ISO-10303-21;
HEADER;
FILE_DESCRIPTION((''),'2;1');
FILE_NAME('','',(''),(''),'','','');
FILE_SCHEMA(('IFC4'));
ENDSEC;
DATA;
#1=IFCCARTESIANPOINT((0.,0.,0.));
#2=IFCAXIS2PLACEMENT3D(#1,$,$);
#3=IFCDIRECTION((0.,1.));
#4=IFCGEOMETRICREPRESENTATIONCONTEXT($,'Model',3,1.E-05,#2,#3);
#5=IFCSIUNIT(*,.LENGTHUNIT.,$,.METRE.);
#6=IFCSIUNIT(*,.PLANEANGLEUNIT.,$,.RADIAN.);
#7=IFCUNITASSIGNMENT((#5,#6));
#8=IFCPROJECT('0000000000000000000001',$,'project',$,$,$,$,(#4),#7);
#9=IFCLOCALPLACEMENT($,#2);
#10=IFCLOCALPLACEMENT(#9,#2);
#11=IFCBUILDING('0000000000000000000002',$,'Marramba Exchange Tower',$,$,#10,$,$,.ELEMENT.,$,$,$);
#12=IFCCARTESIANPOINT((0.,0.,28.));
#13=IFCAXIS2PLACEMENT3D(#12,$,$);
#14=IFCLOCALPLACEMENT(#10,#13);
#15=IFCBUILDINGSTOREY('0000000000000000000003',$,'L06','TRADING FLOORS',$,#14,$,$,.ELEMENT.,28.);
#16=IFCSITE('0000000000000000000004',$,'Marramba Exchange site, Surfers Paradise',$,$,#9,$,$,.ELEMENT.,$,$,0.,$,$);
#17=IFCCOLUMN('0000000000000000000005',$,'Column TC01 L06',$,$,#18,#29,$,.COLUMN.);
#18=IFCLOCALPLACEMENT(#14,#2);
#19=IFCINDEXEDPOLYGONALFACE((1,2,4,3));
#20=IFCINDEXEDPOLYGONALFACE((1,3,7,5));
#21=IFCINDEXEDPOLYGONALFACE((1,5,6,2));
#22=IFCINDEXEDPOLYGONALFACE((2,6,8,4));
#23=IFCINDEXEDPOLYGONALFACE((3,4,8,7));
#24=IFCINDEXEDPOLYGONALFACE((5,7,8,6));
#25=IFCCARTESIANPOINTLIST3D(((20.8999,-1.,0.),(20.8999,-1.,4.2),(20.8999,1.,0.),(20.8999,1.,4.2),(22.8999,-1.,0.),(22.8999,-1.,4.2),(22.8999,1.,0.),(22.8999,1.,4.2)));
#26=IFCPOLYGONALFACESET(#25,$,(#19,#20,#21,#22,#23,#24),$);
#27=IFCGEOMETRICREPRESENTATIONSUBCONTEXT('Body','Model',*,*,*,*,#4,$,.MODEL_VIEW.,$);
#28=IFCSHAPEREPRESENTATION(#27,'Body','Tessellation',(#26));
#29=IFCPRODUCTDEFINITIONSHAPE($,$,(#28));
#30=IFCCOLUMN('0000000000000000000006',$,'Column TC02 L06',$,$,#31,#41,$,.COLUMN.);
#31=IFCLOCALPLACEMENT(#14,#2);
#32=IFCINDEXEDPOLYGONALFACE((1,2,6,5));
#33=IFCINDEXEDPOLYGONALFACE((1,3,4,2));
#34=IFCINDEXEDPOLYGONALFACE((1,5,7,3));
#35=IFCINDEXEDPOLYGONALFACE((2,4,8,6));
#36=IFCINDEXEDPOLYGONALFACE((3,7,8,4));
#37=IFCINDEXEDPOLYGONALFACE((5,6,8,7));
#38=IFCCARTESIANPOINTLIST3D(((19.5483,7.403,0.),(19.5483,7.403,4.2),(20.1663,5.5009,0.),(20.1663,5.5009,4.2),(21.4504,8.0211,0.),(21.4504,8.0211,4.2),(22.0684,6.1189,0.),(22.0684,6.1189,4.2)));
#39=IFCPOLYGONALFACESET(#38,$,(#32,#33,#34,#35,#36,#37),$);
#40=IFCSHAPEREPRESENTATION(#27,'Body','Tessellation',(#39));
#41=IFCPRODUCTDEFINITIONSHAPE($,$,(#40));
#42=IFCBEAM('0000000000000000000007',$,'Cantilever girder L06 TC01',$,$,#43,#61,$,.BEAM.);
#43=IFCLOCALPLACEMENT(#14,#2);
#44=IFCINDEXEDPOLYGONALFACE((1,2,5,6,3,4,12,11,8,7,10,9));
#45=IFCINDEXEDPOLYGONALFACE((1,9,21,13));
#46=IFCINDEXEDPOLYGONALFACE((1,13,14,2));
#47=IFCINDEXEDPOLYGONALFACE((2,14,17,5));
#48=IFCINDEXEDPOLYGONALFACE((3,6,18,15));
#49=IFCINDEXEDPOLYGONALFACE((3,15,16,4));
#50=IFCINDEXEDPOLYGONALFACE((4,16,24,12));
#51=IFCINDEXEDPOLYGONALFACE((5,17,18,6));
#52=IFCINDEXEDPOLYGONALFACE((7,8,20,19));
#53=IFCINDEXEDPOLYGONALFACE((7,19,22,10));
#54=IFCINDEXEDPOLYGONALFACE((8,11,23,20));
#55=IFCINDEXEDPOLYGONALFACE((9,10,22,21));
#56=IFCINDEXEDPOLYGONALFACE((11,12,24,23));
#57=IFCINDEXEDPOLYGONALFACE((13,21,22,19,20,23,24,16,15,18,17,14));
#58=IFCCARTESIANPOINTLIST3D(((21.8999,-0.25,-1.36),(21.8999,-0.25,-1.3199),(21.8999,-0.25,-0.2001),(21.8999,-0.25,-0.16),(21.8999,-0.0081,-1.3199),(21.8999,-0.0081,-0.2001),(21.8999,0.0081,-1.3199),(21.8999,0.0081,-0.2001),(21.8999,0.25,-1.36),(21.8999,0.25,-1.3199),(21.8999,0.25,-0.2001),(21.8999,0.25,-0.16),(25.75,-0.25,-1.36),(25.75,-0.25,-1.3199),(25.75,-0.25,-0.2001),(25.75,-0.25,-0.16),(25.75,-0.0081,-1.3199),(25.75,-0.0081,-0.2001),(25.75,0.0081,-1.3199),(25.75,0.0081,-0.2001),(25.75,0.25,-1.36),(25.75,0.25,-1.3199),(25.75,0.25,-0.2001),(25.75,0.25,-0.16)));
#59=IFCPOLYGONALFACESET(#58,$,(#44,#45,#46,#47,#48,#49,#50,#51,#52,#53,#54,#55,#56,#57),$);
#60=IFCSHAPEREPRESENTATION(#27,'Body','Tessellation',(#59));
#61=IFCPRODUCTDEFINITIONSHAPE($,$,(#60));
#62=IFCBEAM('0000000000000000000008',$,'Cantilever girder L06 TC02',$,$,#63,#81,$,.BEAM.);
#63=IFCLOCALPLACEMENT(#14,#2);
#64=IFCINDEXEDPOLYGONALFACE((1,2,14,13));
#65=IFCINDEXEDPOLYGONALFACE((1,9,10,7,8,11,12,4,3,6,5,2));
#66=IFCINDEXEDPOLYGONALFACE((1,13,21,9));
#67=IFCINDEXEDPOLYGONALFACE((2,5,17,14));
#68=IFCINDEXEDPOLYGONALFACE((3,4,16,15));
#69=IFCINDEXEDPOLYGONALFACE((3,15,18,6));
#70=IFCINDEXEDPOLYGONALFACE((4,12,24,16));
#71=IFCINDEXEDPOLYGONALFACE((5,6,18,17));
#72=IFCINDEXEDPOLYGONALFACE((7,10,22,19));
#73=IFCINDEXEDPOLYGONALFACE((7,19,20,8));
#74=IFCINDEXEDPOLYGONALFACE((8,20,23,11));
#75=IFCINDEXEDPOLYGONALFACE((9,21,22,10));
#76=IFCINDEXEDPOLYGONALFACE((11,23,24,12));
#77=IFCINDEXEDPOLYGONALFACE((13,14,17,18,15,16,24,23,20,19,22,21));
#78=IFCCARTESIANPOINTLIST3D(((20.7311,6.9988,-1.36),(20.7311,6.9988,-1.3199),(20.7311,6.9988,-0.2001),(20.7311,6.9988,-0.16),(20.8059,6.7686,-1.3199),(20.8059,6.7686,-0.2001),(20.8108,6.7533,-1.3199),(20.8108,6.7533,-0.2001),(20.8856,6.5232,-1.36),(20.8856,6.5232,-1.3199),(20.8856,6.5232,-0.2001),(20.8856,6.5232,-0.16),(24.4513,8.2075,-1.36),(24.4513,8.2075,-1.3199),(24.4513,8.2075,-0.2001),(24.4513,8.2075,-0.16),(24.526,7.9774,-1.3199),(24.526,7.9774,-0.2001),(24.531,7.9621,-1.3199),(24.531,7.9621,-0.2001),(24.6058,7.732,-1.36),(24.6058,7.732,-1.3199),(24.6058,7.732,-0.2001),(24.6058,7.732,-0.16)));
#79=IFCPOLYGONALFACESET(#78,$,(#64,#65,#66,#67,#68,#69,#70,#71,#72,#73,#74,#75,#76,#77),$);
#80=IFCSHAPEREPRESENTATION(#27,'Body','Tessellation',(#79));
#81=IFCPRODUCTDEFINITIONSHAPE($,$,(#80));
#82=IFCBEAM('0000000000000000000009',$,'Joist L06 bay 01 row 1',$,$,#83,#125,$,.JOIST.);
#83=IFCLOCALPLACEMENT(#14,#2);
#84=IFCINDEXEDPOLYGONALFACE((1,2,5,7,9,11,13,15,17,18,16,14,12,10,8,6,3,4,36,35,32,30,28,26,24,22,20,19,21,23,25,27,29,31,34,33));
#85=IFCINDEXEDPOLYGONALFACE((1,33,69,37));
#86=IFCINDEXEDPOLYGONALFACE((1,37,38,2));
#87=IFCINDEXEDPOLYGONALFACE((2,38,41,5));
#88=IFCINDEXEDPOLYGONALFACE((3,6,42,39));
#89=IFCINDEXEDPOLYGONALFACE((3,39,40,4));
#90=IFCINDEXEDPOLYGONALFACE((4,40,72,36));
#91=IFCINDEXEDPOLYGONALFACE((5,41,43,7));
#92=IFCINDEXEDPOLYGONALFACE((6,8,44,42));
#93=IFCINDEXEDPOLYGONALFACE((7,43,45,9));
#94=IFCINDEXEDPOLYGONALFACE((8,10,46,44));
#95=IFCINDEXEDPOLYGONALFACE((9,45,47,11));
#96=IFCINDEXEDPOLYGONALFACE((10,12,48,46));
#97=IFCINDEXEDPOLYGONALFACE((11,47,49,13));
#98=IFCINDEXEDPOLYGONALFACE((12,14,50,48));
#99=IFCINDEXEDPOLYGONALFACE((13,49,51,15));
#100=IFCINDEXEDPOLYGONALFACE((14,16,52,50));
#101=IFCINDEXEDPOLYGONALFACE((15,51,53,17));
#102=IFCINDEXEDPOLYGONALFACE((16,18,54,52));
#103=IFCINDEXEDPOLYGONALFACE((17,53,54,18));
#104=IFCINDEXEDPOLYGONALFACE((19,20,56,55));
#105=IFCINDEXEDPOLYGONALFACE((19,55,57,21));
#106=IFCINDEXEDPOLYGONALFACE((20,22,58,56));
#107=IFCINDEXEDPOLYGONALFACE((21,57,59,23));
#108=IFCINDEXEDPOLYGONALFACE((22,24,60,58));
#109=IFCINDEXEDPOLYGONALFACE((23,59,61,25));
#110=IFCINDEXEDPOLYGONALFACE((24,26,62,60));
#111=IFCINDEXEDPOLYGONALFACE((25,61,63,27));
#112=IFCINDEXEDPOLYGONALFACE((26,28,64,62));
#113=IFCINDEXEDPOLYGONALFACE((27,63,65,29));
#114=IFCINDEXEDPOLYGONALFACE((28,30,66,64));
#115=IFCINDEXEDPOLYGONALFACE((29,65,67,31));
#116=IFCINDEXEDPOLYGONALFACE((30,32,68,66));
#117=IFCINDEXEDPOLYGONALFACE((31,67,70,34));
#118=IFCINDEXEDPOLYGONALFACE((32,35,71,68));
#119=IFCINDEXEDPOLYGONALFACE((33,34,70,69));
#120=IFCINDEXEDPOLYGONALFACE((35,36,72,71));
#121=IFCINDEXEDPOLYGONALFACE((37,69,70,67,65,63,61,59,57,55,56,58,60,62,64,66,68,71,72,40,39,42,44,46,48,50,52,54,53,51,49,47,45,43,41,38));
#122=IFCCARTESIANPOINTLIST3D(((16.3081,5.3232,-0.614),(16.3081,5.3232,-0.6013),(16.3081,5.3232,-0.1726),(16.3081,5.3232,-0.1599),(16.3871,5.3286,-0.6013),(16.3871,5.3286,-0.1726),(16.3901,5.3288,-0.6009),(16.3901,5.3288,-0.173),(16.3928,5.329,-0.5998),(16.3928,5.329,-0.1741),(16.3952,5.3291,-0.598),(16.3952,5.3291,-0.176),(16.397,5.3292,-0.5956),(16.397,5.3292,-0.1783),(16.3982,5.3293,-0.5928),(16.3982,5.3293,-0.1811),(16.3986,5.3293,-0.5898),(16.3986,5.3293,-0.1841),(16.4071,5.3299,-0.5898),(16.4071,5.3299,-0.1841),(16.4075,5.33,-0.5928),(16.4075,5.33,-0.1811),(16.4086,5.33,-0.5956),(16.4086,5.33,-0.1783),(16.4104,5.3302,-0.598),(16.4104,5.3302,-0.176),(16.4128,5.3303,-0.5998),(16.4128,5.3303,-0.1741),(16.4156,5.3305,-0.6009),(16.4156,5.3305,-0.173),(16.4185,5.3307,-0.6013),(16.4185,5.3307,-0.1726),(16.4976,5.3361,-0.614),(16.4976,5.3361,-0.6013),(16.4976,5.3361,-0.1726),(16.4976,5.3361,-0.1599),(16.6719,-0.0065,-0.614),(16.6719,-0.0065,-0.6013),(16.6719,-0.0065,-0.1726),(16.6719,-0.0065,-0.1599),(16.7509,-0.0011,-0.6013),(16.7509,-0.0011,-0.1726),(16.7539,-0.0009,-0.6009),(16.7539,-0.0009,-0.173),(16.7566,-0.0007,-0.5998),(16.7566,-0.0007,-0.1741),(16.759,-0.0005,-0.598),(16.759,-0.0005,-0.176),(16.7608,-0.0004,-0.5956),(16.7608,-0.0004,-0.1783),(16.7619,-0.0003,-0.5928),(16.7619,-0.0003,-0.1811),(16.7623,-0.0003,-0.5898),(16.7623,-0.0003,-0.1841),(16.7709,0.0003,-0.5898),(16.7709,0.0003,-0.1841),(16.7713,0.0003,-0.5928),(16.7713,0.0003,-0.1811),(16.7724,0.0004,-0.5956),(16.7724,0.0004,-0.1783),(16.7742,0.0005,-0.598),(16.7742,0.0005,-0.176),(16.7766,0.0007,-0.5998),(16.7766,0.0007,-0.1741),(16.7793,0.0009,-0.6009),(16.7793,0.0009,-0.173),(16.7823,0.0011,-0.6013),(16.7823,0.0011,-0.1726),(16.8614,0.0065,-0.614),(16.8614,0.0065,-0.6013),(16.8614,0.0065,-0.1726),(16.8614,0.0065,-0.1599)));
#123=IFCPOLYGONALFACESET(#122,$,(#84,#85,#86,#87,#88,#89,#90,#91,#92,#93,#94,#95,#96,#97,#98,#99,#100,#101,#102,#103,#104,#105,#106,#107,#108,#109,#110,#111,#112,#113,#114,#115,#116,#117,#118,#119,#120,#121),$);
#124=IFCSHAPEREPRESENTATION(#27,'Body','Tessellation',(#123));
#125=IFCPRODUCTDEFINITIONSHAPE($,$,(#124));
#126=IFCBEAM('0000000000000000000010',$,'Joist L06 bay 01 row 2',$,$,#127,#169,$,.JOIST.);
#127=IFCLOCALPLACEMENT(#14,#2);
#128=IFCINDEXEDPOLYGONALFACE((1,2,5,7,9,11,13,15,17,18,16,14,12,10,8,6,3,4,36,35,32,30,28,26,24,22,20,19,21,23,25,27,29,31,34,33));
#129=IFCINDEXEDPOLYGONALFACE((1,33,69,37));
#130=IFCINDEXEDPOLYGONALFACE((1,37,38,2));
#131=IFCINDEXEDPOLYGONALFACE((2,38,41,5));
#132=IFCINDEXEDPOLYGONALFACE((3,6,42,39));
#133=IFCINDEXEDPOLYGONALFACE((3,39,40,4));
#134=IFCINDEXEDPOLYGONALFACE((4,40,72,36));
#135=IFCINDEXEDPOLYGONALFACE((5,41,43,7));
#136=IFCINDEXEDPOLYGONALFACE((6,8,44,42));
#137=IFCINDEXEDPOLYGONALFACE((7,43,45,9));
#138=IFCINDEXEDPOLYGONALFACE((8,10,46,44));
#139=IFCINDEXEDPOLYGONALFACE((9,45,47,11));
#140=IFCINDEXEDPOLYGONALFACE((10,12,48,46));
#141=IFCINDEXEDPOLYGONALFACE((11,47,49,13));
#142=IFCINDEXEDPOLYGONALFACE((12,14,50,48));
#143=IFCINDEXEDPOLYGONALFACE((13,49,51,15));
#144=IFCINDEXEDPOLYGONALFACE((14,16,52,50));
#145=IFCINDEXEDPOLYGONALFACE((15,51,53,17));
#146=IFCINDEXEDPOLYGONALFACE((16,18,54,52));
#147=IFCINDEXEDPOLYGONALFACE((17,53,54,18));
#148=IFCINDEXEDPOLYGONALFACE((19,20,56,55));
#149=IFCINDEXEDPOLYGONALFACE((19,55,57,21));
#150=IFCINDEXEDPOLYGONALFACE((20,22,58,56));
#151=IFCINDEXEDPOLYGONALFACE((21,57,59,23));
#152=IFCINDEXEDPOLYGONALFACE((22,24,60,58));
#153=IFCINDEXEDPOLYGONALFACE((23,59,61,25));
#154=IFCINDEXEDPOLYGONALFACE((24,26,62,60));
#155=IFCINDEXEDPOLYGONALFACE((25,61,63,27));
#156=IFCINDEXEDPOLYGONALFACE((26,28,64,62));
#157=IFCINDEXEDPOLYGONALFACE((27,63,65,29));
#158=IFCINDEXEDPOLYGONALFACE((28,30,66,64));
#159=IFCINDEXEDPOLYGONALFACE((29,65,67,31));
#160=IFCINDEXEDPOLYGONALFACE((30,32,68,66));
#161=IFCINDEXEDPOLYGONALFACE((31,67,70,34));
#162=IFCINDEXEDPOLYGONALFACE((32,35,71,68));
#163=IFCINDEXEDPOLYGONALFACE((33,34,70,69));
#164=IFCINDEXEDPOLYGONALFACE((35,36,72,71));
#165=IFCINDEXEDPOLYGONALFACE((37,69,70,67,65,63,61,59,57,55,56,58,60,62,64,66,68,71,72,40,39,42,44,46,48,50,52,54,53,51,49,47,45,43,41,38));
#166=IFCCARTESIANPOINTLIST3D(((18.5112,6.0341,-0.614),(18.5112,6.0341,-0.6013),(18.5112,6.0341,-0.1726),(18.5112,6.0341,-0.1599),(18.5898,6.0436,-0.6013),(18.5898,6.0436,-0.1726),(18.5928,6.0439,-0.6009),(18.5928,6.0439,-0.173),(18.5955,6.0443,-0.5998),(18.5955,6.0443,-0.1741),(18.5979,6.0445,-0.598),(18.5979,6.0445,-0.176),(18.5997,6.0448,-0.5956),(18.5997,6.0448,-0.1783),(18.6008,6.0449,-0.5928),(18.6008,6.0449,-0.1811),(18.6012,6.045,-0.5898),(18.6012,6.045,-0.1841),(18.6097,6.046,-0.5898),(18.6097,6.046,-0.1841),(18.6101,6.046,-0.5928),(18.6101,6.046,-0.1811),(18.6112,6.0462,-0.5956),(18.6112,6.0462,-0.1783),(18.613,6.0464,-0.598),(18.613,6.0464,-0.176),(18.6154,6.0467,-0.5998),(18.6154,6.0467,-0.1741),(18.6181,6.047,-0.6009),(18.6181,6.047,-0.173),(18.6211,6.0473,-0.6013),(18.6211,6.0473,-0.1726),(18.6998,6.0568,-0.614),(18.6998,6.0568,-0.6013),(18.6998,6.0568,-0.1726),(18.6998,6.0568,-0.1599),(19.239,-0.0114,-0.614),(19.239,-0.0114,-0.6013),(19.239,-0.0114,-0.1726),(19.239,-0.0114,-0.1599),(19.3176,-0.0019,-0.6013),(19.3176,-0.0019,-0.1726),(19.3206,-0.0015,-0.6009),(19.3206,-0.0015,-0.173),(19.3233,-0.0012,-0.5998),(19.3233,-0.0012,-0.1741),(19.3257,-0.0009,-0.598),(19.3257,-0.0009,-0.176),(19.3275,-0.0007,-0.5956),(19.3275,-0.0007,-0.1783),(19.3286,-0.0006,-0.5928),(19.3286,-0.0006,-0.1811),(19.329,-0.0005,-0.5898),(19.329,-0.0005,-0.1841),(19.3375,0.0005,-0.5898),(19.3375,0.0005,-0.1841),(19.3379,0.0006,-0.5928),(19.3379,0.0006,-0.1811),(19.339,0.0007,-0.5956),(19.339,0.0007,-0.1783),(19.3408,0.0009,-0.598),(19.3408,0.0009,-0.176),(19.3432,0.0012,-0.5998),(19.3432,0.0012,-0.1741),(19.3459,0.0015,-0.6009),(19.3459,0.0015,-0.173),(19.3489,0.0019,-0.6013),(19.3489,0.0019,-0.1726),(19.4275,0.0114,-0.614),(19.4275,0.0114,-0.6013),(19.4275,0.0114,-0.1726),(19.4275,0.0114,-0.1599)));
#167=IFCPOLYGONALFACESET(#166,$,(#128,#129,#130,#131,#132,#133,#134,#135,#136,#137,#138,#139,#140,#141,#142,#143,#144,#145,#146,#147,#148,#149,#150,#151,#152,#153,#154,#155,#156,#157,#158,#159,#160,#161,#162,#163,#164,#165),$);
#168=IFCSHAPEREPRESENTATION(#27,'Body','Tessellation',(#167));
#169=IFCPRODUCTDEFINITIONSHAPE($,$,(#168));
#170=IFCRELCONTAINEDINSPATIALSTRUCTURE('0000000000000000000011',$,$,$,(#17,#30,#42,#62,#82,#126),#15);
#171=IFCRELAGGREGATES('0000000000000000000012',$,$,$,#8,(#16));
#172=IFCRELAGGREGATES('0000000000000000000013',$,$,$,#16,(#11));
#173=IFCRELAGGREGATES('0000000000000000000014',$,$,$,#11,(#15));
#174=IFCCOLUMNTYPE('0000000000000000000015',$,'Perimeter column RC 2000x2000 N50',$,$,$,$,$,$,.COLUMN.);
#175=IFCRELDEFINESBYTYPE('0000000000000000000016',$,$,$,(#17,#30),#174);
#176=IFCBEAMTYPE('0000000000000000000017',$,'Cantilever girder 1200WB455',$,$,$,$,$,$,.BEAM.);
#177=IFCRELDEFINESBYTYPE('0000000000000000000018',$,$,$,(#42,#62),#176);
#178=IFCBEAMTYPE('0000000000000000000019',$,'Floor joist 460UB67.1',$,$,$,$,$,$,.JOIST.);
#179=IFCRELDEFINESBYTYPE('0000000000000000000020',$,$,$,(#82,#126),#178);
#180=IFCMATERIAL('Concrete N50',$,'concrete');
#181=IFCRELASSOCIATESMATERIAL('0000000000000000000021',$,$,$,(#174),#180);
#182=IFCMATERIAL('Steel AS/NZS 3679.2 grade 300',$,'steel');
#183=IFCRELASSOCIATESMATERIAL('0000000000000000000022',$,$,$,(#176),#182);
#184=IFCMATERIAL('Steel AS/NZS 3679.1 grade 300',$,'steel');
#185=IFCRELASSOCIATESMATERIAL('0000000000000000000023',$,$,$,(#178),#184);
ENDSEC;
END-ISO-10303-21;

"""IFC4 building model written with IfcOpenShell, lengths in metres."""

from ifc_helpers import new_model, si_unit, direction, frame, origin, origin_2d, place, context, subcontext, project, spatial, rectangle, i_section, extrude, material, material_profile, profile_set, type_object, element, save


model = new_model("IFC4")

# Units and contexts
model_context = context("Model", 3, precision=1e-05, world=origin(), true_north=direction((0.0, 1.0)))
body_context = subcontext(model_context, "Body", "Model", "MODEL_VIEW")
ifc_project = project(units=[si_unit("LENGTHUNIT", "METRE"), si_unit("PLANEANGLEUNIT", "RADIAN")], contexts=[model_context])

# Site, building, storey
site_placement = place(None, origin())
site = spatial("IfcSite", under=ifc_project, at=site_placement, Name="Marramba Exchange site, Surfers Paradise", CompositionType="ELEMENT", RefElevation=0.0)
building_placement = place(site_placement, origin())
building = spatial("IfcBuilding", under=site, at=building_placement, Name="Marramba Exchange Tower", CompositionType="ELEMENT")
storey_placement = place(building_placement, frame((0.0, 0.0, 28.0)))
storey = spatial("IfcBuildingStorey", under=building, at=storey_placement, Name="L06", Description="TRADING FLOORS", CompositionType="ELEMENT", Elevation=28.0)

# Columns
ifc_material_1 = material(Name="Concrete N50", Category="concrete")
ifc_material_profile_1 = material_profile(ifc_material_1, rectangle(XDim=2.0, YDim=2.0, at=origin_2d()), Name="RC 2000x2000")
ifc_profile_set_1 = profile_set([ifc_material_profile_1], Name="Concrete N50")
column_type = type_object("IfcColumnType", Name="Perimeter column RC 2000x2000 N50", PredefinedType="COLUMN", material=ifc_profile_set_1)
for number, where, z_axis, x_axis, name in (
    (1, (21.8999, 0.0, 0.0), (0.0, 0.0, 1.0), (1.0, 0.0, 0.0), "Column TC01 L06"),
    (2, (20.8083, 6.761, 0.0), (0.0, 0.0, 1.0), (0.951057, 0.309017, 0.0), "Column TC02 L06"),
):
    element("IfcColumn", number, at=place(storey_placement, frame(where, z_axis=z_axis, x_axis=x_axis)), inside=storey, type_object=column_type, Name=name, PredefinedType="COLUMN", context=body_context, shape_type="SweptSolid", body=[
        extrude(rectangle(XDim=2.0, YDim=2.0, at=origin_2d()), origin(), (0.0, 0.0, 1.0), 4.2),
    ])

# Beams
ifc_material_2 = material(Name="Steel AS/NZS 3679.2 grade 300", Category="steel")
ifc_material_profile_2 = material_profile(ifc_material_2, i_section(OverallWidth=0.5, OverallDepth=1.2, WebThickness=0.0161, FlangeThickness=0.04, at=origin_2d()), Name="1200WB455")
ifc_profile_set_2 = profile_set([ifc_material_profile_2], Name="Steel AS/NZS 3679.2 grade 300")
beam_type_1 = type_object("IfcBeamType", Name="Cantilever girder 1200WB455", PredefinedType="BEAM", material=ifc_profile_set_2)
beam_1_placement = place(storey_placement, frame((21.8999, 0.0, -0.76), z_axis=(1.0, 0.0, 0.0), x_axis=(0.0, 1.0, 0.0)))
element("IfcBeam", 3, at=beam_1_placement, inside=storey, type_object=beam_type_1, Name="Cantilever girder L06 TC01", PredefinedType="BEAM", context=body_context, shape_type="SweptSolid", body=[
    extrude(i_section(OverallWidth=0.5, OverallDepth=1.2, WebThickness=0.0161, FlangeThickness=0.04, at=origin_2d()), origin(), (0.0, 0.0, 1.0), 3.8501),
])
beam_2_placement = place(storey_placement, frame((20.8083, 6.761, -0.76), z_axis=(0.951059, 0.30901, 0.0), x_axis=(-0.30901, 0.951059, 0.0)))
element("IfcBeam", 4, at=beam_2_placement, inside=storey, type_object=beam_type_1, Name="Cantilever girder L06 TC02", PredefinedType="BEAM", context=body_context, shape_type="SweptSolid", body=[
    extrude(i_section(OverallWidth=0.5, OverallDepth=1.2, WebThickness=0.0161, FlangeThickness=0.04, at=origin_2d()), origin(), (0.0, 0.0, 1.0), 3.9116),
])
ifc_material_3 = material(Name="Steel AS/NZS 3679.1 grade 300", Category="steel")
ifc_material_profile_3 = material_profile(ifc_material_3, i_section(OverallWidth=0.1899, OverallDepth=0.4541, WebThickness=0.0085, FlangeThickness=0.0127, FilletRadius=0.0115, at=origin_2d()), Name="460UB67.1")
ifc_profile_set_3 = profile_set([ifc_material_profile_3], Name="Steel AS/NZS 3679.1 grade 300")
beam_type_2 = type_object("IfcBeamType", Name="Floor joist 460UB67.1", PredefinedType="JOIST", material=ifc_profile_set_3)
beam_3_placement = place(storey_placement, frame((16.7666, 0.0, -0.387), z_axis=(-0.068096, 0.997679, 0.0), x_axis=(-0.997679, -0.068096, 0.0)))
element("IfcBeam", 5, at=beam_3_placement, inside=storey, type_object=beam_type_2, Name="Joist L06 bay 01 row 1", PredefinedType="JOIST", context=body_context, shape_type="SweptSolid", body=[
    extrude(i_section(OverallWidth=0.1899, OverallDepth=0.4541, WebThickness=0.0085, FlangeThickness=0.0127, FilletRadius=0.0115, at=origin_2d()), origin(), (0.0, 0.0, 1.0), 5.342),
])
beam_4_placement = place(storey_placement, frame((19.3333, 0.0, -0.387), z_axis=(-0.119523, 0.992831, 0.0), x_axis=(-0.992831, -0.119523, 0.0)))
element("IfcBeam", 6, at=beam_4_placement, inside=storey, type_object=beam_type_2, Name="Joist L06 bay 01 row 2", PredefinedType="JOIST", context=body_context, shape_type="SweptSolid", body=[
    extrude(i_section(OverallWidth=0.1899, OverallDepth=0.4541, WebThickness=0.0085, FlangeThickness=0.0127, FilletRadius=0.0115, at=origin_2d()), origin(), (0.0, 0.0, 1.0), 6.0891),
])

save(model, "model.ifc")
